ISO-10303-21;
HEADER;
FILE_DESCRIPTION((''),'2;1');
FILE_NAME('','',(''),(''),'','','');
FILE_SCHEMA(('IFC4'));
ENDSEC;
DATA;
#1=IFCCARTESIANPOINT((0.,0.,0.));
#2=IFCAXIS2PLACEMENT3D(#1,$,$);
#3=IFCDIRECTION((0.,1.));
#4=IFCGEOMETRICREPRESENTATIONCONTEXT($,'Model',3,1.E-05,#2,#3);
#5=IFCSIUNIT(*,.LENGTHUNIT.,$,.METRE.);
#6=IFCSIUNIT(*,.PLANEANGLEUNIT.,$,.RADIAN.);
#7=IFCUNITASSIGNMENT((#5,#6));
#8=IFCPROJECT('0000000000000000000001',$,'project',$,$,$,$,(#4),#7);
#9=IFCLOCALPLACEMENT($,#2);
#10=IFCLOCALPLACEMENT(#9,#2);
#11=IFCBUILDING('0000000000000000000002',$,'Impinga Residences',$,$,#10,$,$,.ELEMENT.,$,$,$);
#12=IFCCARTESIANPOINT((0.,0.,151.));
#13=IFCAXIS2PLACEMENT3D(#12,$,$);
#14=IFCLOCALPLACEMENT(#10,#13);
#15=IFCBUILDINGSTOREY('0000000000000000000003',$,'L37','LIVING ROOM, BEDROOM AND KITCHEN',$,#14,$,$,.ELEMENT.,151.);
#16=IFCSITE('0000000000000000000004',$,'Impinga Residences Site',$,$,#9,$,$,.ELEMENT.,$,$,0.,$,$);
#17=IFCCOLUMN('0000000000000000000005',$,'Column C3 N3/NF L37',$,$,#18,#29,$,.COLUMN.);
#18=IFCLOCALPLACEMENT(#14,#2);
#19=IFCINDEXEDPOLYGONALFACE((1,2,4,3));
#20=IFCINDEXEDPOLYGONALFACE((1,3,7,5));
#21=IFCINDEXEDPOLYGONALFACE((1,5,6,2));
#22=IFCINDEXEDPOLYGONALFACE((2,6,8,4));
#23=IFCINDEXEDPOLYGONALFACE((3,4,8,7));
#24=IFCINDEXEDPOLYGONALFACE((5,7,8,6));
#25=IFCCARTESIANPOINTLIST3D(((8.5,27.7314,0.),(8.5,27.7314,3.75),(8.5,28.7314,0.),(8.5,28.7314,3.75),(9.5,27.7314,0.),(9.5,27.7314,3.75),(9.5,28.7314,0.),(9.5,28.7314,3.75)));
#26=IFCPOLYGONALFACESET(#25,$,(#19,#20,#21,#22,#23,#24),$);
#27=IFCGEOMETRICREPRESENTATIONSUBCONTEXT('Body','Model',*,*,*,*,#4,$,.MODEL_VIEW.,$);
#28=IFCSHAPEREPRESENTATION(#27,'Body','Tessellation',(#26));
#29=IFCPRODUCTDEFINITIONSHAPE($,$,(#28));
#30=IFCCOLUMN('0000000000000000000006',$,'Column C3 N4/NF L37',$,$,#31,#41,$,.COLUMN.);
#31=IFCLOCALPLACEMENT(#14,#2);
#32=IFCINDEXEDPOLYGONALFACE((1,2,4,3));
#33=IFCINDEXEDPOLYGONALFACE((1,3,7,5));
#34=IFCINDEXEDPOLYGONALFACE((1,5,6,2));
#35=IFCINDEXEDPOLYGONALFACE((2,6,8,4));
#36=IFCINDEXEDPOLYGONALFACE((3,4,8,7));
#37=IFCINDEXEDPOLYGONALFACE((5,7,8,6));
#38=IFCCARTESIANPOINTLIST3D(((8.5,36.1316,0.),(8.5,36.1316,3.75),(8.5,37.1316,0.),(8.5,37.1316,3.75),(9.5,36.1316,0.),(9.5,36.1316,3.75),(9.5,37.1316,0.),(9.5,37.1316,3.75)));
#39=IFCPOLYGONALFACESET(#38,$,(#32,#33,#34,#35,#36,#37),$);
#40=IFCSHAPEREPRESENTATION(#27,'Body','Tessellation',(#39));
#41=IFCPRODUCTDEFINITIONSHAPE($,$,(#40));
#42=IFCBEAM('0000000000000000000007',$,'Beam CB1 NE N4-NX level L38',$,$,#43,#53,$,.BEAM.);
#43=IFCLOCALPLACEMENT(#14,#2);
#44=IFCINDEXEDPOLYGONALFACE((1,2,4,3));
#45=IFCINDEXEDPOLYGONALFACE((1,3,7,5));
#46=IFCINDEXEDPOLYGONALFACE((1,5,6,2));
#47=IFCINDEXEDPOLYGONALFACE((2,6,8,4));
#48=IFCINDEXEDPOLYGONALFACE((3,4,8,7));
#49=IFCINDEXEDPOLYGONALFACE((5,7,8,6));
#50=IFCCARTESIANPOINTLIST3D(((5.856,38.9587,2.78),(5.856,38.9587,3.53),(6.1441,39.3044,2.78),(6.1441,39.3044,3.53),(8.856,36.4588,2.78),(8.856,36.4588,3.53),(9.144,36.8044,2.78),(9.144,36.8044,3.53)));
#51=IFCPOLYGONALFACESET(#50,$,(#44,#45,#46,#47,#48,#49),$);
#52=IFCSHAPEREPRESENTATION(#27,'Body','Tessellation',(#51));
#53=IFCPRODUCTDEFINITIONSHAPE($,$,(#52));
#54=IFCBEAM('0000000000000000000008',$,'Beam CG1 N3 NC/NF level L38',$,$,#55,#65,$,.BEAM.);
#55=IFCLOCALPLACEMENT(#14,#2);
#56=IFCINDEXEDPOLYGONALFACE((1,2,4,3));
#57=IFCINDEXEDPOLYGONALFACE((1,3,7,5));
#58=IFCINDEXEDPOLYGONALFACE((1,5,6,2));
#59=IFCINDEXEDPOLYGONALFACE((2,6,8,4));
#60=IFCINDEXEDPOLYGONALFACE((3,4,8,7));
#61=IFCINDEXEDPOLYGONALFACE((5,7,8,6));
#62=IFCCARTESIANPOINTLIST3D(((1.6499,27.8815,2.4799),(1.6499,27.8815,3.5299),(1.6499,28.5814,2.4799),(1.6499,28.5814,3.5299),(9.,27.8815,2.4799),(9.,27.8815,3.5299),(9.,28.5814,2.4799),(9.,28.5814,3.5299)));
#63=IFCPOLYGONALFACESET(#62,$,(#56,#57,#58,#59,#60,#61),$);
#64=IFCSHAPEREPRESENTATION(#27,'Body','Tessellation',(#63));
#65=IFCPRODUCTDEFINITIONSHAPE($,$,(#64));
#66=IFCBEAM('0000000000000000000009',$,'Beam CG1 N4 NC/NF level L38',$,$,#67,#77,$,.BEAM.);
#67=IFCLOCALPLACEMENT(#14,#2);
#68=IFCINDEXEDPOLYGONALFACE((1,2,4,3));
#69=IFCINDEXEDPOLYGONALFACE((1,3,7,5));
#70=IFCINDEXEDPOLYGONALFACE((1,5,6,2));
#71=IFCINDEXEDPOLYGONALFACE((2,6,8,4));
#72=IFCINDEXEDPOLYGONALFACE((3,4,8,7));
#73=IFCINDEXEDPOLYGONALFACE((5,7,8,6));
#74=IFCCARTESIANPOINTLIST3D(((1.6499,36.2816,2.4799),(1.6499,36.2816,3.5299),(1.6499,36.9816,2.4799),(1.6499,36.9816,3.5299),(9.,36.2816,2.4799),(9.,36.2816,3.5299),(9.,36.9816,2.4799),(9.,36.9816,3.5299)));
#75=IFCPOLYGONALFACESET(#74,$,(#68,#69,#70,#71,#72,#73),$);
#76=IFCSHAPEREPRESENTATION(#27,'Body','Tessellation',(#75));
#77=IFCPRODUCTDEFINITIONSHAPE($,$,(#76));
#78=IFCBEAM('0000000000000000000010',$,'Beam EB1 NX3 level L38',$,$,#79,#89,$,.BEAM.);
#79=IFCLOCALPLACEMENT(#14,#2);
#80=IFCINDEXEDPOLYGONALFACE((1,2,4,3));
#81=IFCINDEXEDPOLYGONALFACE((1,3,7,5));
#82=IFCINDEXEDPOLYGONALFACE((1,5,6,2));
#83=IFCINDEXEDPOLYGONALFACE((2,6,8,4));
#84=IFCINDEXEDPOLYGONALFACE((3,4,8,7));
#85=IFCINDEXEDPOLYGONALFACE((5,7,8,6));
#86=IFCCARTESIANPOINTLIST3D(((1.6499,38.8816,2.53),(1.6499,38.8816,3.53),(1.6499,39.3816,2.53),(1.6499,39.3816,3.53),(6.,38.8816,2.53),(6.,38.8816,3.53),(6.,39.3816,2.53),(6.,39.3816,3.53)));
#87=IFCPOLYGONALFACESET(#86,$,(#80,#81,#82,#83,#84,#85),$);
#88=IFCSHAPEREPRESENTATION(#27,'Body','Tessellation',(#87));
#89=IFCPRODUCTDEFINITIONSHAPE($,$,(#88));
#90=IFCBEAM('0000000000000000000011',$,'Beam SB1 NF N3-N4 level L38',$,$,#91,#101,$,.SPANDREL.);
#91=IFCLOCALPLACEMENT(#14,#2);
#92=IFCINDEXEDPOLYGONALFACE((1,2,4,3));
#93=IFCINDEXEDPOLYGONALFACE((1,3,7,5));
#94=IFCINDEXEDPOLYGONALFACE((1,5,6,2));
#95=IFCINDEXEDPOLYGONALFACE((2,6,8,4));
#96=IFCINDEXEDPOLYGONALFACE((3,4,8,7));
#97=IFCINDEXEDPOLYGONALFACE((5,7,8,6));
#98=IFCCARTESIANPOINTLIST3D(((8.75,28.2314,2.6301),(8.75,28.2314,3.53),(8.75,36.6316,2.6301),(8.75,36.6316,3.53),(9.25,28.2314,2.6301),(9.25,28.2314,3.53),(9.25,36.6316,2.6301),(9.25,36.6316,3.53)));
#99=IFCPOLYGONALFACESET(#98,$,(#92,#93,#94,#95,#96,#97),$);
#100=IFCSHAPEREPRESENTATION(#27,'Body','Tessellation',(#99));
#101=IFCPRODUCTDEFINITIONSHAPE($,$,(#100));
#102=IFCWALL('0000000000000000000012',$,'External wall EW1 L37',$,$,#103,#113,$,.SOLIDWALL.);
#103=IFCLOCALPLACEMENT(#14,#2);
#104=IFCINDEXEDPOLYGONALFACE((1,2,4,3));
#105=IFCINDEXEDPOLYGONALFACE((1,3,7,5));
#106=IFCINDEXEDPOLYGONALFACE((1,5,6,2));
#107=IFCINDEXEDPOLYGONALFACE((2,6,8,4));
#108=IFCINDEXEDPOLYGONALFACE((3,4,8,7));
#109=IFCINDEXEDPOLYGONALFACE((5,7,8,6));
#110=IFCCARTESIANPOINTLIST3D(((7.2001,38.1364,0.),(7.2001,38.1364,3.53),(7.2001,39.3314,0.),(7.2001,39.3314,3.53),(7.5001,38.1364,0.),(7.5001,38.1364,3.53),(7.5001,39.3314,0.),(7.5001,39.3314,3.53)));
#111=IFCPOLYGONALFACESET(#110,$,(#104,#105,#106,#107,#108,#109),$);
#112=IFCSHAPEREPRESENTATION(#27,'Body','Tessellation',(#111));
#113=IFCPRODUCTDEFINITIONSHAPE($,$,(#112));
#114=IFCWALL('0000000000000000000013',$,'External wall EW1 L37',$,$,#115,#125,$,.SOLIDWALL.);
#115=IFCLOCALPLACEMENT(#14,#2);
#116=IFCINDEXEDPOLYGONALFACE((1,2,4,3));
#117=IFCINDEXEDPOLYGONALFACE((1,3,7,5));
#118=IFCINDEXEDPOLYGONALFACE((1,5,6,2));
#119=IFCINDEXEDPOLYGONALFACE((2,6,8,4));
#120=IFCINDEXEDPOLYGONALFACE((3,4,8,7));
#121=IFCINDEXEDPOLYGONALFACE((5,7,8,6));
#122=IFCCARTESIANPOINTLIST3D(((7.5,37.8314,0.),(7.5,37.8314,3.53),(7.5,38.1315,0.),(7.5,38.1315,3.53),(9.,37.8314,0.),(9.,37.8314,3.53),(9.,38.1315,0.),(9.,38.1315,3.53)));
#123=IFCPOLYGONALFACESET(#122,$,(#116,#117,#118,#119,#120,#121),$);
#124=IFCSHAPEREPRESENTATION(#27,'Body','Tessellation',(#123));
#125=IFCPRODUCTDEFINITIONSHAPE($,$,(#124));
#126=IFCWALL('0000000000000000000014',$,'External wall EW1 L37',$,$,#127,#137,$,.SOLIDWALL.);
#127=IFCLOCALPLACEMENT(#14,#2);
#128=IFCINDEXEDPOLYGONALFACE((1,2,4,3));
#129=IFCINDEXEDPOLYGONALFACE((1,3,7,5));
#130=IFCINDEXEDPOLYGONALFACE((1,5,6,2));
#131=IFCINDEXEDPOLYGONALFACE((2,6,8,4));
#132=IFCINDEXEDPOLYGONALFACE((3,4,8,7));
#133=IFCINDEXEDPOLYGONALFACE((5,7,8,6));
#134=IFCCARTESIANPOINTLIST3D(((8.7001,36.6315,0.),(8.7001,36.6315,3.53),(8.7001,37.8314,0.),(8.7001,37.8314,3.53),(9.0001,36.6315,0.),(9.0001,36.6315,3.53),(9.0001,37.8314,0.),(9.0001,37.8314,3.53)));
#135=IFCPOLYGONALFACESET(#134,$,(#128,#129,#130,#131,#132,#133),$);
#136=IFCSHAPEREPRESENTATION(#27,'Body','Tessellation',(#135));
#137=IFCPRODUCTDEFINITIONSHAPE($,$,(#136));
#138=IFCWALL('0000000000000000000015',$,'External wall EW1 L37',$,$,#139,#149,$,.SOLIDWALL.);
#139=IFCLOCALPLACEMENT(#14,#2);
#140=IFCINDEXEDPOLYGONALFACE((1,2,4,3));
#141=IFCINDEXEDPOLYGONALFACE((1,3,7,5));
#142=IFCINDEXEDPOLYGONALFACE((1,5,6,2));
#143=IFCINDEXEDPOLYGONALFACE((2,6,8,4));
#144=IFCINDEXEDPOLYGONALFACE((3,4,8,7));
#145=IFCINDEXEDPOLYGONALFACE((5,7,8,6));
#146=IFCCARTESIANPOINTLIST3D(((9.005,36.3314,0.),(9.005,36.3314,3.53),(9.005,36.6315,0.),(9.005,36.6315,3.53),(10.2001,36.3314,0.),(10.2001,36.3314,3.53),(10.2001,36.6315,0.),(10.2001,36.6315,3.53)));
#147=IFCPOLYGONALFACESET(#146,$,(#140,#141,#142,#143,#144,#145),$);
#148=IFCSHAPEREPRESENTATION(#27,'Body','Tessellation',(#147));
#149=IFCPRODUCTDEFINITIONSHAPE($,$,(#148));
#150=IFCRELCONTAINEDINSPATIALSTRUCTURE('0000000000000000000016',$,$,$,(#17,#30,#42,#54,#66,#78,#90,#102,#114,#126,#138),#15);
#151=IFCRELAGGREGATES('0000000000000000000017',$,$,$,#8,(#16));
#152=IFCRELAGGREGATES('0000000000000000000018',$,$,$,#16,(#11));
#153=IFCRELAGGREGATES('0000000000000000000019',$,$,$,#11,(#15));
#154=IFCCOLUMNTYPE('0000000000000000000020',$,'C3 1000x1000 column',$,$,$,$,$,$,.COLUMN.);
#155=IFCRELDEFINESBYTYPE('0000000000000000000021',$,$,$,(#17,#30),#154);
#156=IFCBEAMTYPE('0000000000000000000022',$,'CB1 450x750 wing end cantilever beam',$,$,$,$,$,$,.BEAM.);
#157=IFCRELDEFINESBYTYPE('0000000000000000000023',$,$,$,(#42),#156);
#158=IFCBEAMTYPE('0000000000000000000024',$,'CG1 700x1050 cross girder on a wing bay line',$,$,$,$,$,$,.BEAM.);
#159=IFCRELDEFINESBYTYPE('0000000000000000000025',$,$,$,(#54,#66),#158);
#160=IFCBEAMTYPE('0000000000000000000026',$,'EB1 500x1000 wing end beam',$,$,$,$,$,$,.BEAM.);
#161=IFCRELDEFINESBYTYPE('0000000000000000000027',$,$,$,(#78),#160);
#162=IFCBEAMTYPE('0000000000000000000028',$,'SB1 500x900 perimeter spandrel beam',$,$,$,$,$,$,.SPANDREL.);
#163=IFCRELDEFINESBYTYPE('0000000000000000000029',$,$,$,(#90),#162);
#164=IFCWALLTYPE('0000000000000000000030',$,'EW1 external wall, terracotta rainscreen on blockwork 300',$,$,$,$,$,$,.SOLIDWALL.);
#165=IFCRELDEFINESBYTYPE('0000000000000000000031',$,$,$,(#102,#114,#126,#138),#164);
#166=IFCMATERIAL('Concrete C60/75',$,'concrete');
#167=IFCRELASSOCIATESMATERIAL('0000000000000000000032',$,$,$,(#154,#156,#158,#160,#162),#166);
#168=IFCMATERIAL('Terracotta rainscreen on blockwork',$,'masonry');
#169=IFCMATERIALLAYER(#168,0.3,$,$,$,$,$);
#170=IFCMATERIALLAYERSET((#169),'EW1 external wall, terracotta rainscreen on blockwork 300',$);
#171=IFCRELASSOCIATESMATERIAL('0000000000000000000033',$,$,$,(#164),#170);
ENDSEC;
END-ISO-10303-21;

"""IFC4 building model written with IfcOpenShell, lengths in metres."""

from ifc_helpers import new_model, si_unit, direction, frame, frame_2d, origin, origin_2d, place, context, subcontext, project, spatial, rectangle, extrude, material, layer, layer_set, material_profile, profile_set, type_object, element, save


model = new_model("IFC4")

# Units and contexts
model_context = context("Model", 3, precision=1e-05, world=origin(), true_north=direction((0.0, 1.0)))
body_context = subcontext(model_context, "Body", "Model", "MODEL_VIEW")
ifc_project = project(units=[si_unit("LENGTHUNIT", "METRE"), si_unit("PLANEANGLEUNIT", "RADIAN")], contexts=[model_context])

# Site, building, storey
site_placement = place(None, origin())
site = spatial("IfcSite", under=ifc_project, at=site_placement, Name="Impinga Residences Site", CompositionType="ELEMENT", RefElevation=0.0)
building_placement = place(site_placement, origin())
building = spatial("IfcBuilding", under=site, at=building_placement, Name="Impinga Residences", CompositionType="ELEMENT")
storey_placement = place(building_placement, frame((0.0, 0.0, 151.0)))
storey = spatial("IfcBuildingStorey", under=building, at=storey_placement, Name="L37", Description="LIVING ROOM, BEDROOM AND KITCHEN", CompositionType="ELEMENT", Elevation=151.0)

# Columns
ifc_material_1 = material(Name="Concrete C60/75", Category="concrete")
ifc_material_profile_1 = material_profile(ifc_material_1, rectangle(XDim=1.0, YDim=1.0, at=origin_2d()), Name="RC 1000x1000")
ifc_profile_set_1 = profile_set([ifc_material_profile_1], Name="Concrete C60/75")
column_type = type_object("IfcColumnType", Name="C3 1000x1000 column", PredefinedType="COLUMN", material=ifc_profile_set_1)
for number, where, z_axis, x_axis, name in (
    (1, (9.0, 28.2314, 0.0), (0.0, 0.0, 1.0), (1.0, 0.0, 0.0), "Column C3 N3/NF L37"),
    (2, (9.0, 36.6316, 0.0), (0.0, 0.0, 1.0), (1.0, 0.0, 0.0), "Column C3 N4/NF L37"),
):
    element("IfcColumn", number, at=place(storey_placement, frame(where, z_axis=z_axis, x_axis=x_axis)), inside=storey, type_object=column_type, Name=name, PredefinedType="COLUMN", context=body_context, shape_type="SweptSolid", body=[
        extrude(rectangle(XDim=1.0, YDim=1.0, at=origin_2d()), origin(), (0.0, 0.0, 1.0), 3.75),
    ])

# Beams
ifc_material_profile_2 = material_profile(ifc_material_1, rectangle(XDim=0.45, YDim=0.75, at=origin_2d()), Name="RC 450x750")
ifc_profile_set_2 = profile_set([ifc_material_profile_2], Name="Concrete C60/75")
beam_type_1 = type_object("IfcBeamType", Name="CB1 450x750 wing end cantilever beam", PredefinedType="BEAM", material=ifc_profile_set_2)
beam_1_placement = place(storey_placement, frame((9.0, 36.6316, 3.155), z_axis=(-0.768221, 0.640184, 0.0), x_axis=(-0.640184, -0.768221, 0.0)))
element("IfcBeam", 3, at=beam_1_placement, inside=storey, type_object=beam_type_1, Name="Beam CB1 NE N4-NX level L38", PredefinedType="BEAM", context=body_context, shape_type="SweptSolid", body=[
    extrude(rectangle(XDim=0.45, YDim=0.75, at=origin_2d()), origin(), (0.0, 0.0, 1.0), 3.905),
])
ifc_material_profile_3 = material_profile(ifc_material_1, rectangle(XDim=0.7, YDim=1.05, at=origin_2d()), Name="RC 700x1050")
ifc_profile_set_3 = profile_set([ifc_material_profile_3], Name="Concrete C60/75")
beam_type_2 = type_object("IfcBeamType", Name="CG1 700x1050 cross girder on a wing bay line", PredefinedType="BEAM", material=ifc_profile_set_3)
for number, where, z_axis, x_axis, name in (
    (4, (1.6499, 28.2314, 3.0049), (1.0, 0.0, 0.0), (0.0, 1.0, 0.0), "Beam CG1 N3 NC/NF level L38"),
    (5, (1.6499, 36.6316, 3.0049), (1.0, 0.0, 0.0), (0.0, 1.0, 0.0), "Beam CG1 N4 NC/NF level L38"),
):
    element("IfcBeam", number, at=place(storey_placement, frame(where, z_axis=z_axis, x_axis=x_axis)), inside=storey, type_object=beam_type_2, Name=name, PredefinedType="BEAM", context=body_context, shape_type="SweptSolid", body=[
        extrude(rectangle(XDim=0.7, YDim=1.05, at=origin_2d()), origin(), (0.0, 0.0, 1.0), 7.3501),
    ])
ifc_material_profile_4 = material_profile(ifc_material_1, rectangle(XDim=0.5, YDim=1.0, at=origin_2d()), Name="RC 500x1000")
ifc_profile_set_4 = profile_set([ifc_material_profile_4], Name="Concrete C60/75")
beam_type_3 = type_object("IfcBeamType", Name="EB1 500x1000 wing end beam", PredefinedType="BEAM", material=ifc_profile_set_4)
beam_2_placement = place(storey_placement, frame((1.6499, 39.1316, 3.03), z_axis=(1.0, 0.0, 0.0), x_axis=(0.0, 1.0, 0.0)))
element("IfcBeam", 6, at=beam_2_placement, inside=storey, type_object=beam_type_3, Name="Beam EB1 NX3 level L38", PredefinedType="BEAM", context=body_context, shape_type="SweptSolid", body=[
    extrude(rectangle(XDim=0.5, YDim=1.0, at=origin_2d()), origin(), (0.0, 0.0, 1.0), 4.3501),
])
ifc_material_profile_5 = material_profile(ifc_material_1, rectangle(XDim=0.5, YDim=0.8999, at=origin_2d()), Name="RC 500x900")
ifc_profile_set_5 = profile_set([ifc_material_profile_5], Name="Concrete C60/75")
beam_type_4 = type_object("IfcBeamType", Name="SB1 500x900 perimeter spandrel beam", PredefinedType="SPANDREL", material=ifc_profile_set_5)
beam_3_placement = place(storey_placement, frame((9.0, 28.2314, 3.0801), z_axis=(0.0, 1.0, 0.0), x_axis=(-1.0, 0.0, 0.0)))
element("IfcBeam", 7, at=beam_3_placement, inside=storey, type_object=beam_type_4, Name="Beam SB1 NF N3-N4 level L38", PredefinedType="SPANDREL", context=body_context, shape_type="SweptSolid", body=[
    extrude(rectangle(XDim=0.5, YDim=0.8999, at=origin_2d()), origin(), (0.0, 0.0, 1.0), 8.4001),
])

# Walls
ifc_material_2 = material(Name="Terracotta rainscreen on blockwork", Category="masonry")
ifc_layer_1 = layer(ifc_material_2, 0.3)
ifc_layer_set_1 = layer_set([ifc_layer_1], Name="EW1 external wall, terracotta rainscreen on blockwork 300")
wall_type_1 = type_object("IfcWallType", Name="EW1 external wall, terracotta rainscreen on blockwork 300", PredefinedType="SOLIDWALL", material=ifc_layer_set_1)
wall_1_placement = place(storey_placement, frame((7.3501, 39.3315, 0.0), z_axis=(0.0, 0.0, 1.0), x_axis=(0.0, -1.0, 0.0)))
element("IfcWall", 8, at=wall_1_placement, inside=storey, type_object=wall_type_1, Name="External wall EW1 L37", PredefinedType="SOLIDWALL", context=body_context, shape_type="SweptSolid", body=[
    extrude(rectangle(XDim=1.1951, YDim=0.3, at=frame_2d((0.5977, 0.0))), origin(), (0.0, 0.0, 1.0), 3.53),
])
wall_2_placement = place(storey_placement, frame((7.5, 37.9814, 0.0), z_axis=(0.0, 0.0, 1.0), x_axis=(1.0, 0.0, 0.0)))
element("IfcWall", 9, at=wall_2_placement, inside=storey, type_object=wall_type_1, Name="External wall EW1 L37", PredefinedType="SOLIDWALL", context=body_context, shape_type="SweptSolid", body=[
    extrude(rectangle(XDim=1.5, YDim=0.3, at=frame_2d((0.75, 0.0))), origin(), (0.0, 0.0, 1.0), 3.53),
])
wall_3_placement = place(storey_placement, frame((8.8501, 37.8315, 0.0), z_axis=(0.0, 0.0, 1.0), x_axis=(0.0, -1.0, 0.0)))
element("IfcWall", 10, at=wall_3_placement, inside=storey, type_object=wall_type_1, Name="External wall EW1 L37", PredefinedType="SOLIDWALL", context=body_context, shape_type="SweptSolid", body=[
    extrude(rectangle(XDim=1.2, YDim=0.3, at=frame_2d((0.6001, 0.0))), origin(), (0.0, 0.0, 1.0), 3.53),
])
wall_4_placement = place(storey_placement, frame((9.0049, 36.4814, 0.0), z_axis=(0.0, 0.0, 1.0), x_axis=(1.0, 0.0, 0.0)))
element("IfcWall", 11, at=wall_4_placement, inside=storey, type_object=wall_type_1, Name="External wall EW1 L37", PredefinedType="SOLIDWALL", context=body_context, shape_type="SweptSolid", body=[
    extrude(rectangle(XDim=1.1951, YDim=0.3, at=frame_2d((0.5977, 0.0))), origin(), (0.0, 0.0, 1.0), 3.53),
])

save(model, "model.ifc")
